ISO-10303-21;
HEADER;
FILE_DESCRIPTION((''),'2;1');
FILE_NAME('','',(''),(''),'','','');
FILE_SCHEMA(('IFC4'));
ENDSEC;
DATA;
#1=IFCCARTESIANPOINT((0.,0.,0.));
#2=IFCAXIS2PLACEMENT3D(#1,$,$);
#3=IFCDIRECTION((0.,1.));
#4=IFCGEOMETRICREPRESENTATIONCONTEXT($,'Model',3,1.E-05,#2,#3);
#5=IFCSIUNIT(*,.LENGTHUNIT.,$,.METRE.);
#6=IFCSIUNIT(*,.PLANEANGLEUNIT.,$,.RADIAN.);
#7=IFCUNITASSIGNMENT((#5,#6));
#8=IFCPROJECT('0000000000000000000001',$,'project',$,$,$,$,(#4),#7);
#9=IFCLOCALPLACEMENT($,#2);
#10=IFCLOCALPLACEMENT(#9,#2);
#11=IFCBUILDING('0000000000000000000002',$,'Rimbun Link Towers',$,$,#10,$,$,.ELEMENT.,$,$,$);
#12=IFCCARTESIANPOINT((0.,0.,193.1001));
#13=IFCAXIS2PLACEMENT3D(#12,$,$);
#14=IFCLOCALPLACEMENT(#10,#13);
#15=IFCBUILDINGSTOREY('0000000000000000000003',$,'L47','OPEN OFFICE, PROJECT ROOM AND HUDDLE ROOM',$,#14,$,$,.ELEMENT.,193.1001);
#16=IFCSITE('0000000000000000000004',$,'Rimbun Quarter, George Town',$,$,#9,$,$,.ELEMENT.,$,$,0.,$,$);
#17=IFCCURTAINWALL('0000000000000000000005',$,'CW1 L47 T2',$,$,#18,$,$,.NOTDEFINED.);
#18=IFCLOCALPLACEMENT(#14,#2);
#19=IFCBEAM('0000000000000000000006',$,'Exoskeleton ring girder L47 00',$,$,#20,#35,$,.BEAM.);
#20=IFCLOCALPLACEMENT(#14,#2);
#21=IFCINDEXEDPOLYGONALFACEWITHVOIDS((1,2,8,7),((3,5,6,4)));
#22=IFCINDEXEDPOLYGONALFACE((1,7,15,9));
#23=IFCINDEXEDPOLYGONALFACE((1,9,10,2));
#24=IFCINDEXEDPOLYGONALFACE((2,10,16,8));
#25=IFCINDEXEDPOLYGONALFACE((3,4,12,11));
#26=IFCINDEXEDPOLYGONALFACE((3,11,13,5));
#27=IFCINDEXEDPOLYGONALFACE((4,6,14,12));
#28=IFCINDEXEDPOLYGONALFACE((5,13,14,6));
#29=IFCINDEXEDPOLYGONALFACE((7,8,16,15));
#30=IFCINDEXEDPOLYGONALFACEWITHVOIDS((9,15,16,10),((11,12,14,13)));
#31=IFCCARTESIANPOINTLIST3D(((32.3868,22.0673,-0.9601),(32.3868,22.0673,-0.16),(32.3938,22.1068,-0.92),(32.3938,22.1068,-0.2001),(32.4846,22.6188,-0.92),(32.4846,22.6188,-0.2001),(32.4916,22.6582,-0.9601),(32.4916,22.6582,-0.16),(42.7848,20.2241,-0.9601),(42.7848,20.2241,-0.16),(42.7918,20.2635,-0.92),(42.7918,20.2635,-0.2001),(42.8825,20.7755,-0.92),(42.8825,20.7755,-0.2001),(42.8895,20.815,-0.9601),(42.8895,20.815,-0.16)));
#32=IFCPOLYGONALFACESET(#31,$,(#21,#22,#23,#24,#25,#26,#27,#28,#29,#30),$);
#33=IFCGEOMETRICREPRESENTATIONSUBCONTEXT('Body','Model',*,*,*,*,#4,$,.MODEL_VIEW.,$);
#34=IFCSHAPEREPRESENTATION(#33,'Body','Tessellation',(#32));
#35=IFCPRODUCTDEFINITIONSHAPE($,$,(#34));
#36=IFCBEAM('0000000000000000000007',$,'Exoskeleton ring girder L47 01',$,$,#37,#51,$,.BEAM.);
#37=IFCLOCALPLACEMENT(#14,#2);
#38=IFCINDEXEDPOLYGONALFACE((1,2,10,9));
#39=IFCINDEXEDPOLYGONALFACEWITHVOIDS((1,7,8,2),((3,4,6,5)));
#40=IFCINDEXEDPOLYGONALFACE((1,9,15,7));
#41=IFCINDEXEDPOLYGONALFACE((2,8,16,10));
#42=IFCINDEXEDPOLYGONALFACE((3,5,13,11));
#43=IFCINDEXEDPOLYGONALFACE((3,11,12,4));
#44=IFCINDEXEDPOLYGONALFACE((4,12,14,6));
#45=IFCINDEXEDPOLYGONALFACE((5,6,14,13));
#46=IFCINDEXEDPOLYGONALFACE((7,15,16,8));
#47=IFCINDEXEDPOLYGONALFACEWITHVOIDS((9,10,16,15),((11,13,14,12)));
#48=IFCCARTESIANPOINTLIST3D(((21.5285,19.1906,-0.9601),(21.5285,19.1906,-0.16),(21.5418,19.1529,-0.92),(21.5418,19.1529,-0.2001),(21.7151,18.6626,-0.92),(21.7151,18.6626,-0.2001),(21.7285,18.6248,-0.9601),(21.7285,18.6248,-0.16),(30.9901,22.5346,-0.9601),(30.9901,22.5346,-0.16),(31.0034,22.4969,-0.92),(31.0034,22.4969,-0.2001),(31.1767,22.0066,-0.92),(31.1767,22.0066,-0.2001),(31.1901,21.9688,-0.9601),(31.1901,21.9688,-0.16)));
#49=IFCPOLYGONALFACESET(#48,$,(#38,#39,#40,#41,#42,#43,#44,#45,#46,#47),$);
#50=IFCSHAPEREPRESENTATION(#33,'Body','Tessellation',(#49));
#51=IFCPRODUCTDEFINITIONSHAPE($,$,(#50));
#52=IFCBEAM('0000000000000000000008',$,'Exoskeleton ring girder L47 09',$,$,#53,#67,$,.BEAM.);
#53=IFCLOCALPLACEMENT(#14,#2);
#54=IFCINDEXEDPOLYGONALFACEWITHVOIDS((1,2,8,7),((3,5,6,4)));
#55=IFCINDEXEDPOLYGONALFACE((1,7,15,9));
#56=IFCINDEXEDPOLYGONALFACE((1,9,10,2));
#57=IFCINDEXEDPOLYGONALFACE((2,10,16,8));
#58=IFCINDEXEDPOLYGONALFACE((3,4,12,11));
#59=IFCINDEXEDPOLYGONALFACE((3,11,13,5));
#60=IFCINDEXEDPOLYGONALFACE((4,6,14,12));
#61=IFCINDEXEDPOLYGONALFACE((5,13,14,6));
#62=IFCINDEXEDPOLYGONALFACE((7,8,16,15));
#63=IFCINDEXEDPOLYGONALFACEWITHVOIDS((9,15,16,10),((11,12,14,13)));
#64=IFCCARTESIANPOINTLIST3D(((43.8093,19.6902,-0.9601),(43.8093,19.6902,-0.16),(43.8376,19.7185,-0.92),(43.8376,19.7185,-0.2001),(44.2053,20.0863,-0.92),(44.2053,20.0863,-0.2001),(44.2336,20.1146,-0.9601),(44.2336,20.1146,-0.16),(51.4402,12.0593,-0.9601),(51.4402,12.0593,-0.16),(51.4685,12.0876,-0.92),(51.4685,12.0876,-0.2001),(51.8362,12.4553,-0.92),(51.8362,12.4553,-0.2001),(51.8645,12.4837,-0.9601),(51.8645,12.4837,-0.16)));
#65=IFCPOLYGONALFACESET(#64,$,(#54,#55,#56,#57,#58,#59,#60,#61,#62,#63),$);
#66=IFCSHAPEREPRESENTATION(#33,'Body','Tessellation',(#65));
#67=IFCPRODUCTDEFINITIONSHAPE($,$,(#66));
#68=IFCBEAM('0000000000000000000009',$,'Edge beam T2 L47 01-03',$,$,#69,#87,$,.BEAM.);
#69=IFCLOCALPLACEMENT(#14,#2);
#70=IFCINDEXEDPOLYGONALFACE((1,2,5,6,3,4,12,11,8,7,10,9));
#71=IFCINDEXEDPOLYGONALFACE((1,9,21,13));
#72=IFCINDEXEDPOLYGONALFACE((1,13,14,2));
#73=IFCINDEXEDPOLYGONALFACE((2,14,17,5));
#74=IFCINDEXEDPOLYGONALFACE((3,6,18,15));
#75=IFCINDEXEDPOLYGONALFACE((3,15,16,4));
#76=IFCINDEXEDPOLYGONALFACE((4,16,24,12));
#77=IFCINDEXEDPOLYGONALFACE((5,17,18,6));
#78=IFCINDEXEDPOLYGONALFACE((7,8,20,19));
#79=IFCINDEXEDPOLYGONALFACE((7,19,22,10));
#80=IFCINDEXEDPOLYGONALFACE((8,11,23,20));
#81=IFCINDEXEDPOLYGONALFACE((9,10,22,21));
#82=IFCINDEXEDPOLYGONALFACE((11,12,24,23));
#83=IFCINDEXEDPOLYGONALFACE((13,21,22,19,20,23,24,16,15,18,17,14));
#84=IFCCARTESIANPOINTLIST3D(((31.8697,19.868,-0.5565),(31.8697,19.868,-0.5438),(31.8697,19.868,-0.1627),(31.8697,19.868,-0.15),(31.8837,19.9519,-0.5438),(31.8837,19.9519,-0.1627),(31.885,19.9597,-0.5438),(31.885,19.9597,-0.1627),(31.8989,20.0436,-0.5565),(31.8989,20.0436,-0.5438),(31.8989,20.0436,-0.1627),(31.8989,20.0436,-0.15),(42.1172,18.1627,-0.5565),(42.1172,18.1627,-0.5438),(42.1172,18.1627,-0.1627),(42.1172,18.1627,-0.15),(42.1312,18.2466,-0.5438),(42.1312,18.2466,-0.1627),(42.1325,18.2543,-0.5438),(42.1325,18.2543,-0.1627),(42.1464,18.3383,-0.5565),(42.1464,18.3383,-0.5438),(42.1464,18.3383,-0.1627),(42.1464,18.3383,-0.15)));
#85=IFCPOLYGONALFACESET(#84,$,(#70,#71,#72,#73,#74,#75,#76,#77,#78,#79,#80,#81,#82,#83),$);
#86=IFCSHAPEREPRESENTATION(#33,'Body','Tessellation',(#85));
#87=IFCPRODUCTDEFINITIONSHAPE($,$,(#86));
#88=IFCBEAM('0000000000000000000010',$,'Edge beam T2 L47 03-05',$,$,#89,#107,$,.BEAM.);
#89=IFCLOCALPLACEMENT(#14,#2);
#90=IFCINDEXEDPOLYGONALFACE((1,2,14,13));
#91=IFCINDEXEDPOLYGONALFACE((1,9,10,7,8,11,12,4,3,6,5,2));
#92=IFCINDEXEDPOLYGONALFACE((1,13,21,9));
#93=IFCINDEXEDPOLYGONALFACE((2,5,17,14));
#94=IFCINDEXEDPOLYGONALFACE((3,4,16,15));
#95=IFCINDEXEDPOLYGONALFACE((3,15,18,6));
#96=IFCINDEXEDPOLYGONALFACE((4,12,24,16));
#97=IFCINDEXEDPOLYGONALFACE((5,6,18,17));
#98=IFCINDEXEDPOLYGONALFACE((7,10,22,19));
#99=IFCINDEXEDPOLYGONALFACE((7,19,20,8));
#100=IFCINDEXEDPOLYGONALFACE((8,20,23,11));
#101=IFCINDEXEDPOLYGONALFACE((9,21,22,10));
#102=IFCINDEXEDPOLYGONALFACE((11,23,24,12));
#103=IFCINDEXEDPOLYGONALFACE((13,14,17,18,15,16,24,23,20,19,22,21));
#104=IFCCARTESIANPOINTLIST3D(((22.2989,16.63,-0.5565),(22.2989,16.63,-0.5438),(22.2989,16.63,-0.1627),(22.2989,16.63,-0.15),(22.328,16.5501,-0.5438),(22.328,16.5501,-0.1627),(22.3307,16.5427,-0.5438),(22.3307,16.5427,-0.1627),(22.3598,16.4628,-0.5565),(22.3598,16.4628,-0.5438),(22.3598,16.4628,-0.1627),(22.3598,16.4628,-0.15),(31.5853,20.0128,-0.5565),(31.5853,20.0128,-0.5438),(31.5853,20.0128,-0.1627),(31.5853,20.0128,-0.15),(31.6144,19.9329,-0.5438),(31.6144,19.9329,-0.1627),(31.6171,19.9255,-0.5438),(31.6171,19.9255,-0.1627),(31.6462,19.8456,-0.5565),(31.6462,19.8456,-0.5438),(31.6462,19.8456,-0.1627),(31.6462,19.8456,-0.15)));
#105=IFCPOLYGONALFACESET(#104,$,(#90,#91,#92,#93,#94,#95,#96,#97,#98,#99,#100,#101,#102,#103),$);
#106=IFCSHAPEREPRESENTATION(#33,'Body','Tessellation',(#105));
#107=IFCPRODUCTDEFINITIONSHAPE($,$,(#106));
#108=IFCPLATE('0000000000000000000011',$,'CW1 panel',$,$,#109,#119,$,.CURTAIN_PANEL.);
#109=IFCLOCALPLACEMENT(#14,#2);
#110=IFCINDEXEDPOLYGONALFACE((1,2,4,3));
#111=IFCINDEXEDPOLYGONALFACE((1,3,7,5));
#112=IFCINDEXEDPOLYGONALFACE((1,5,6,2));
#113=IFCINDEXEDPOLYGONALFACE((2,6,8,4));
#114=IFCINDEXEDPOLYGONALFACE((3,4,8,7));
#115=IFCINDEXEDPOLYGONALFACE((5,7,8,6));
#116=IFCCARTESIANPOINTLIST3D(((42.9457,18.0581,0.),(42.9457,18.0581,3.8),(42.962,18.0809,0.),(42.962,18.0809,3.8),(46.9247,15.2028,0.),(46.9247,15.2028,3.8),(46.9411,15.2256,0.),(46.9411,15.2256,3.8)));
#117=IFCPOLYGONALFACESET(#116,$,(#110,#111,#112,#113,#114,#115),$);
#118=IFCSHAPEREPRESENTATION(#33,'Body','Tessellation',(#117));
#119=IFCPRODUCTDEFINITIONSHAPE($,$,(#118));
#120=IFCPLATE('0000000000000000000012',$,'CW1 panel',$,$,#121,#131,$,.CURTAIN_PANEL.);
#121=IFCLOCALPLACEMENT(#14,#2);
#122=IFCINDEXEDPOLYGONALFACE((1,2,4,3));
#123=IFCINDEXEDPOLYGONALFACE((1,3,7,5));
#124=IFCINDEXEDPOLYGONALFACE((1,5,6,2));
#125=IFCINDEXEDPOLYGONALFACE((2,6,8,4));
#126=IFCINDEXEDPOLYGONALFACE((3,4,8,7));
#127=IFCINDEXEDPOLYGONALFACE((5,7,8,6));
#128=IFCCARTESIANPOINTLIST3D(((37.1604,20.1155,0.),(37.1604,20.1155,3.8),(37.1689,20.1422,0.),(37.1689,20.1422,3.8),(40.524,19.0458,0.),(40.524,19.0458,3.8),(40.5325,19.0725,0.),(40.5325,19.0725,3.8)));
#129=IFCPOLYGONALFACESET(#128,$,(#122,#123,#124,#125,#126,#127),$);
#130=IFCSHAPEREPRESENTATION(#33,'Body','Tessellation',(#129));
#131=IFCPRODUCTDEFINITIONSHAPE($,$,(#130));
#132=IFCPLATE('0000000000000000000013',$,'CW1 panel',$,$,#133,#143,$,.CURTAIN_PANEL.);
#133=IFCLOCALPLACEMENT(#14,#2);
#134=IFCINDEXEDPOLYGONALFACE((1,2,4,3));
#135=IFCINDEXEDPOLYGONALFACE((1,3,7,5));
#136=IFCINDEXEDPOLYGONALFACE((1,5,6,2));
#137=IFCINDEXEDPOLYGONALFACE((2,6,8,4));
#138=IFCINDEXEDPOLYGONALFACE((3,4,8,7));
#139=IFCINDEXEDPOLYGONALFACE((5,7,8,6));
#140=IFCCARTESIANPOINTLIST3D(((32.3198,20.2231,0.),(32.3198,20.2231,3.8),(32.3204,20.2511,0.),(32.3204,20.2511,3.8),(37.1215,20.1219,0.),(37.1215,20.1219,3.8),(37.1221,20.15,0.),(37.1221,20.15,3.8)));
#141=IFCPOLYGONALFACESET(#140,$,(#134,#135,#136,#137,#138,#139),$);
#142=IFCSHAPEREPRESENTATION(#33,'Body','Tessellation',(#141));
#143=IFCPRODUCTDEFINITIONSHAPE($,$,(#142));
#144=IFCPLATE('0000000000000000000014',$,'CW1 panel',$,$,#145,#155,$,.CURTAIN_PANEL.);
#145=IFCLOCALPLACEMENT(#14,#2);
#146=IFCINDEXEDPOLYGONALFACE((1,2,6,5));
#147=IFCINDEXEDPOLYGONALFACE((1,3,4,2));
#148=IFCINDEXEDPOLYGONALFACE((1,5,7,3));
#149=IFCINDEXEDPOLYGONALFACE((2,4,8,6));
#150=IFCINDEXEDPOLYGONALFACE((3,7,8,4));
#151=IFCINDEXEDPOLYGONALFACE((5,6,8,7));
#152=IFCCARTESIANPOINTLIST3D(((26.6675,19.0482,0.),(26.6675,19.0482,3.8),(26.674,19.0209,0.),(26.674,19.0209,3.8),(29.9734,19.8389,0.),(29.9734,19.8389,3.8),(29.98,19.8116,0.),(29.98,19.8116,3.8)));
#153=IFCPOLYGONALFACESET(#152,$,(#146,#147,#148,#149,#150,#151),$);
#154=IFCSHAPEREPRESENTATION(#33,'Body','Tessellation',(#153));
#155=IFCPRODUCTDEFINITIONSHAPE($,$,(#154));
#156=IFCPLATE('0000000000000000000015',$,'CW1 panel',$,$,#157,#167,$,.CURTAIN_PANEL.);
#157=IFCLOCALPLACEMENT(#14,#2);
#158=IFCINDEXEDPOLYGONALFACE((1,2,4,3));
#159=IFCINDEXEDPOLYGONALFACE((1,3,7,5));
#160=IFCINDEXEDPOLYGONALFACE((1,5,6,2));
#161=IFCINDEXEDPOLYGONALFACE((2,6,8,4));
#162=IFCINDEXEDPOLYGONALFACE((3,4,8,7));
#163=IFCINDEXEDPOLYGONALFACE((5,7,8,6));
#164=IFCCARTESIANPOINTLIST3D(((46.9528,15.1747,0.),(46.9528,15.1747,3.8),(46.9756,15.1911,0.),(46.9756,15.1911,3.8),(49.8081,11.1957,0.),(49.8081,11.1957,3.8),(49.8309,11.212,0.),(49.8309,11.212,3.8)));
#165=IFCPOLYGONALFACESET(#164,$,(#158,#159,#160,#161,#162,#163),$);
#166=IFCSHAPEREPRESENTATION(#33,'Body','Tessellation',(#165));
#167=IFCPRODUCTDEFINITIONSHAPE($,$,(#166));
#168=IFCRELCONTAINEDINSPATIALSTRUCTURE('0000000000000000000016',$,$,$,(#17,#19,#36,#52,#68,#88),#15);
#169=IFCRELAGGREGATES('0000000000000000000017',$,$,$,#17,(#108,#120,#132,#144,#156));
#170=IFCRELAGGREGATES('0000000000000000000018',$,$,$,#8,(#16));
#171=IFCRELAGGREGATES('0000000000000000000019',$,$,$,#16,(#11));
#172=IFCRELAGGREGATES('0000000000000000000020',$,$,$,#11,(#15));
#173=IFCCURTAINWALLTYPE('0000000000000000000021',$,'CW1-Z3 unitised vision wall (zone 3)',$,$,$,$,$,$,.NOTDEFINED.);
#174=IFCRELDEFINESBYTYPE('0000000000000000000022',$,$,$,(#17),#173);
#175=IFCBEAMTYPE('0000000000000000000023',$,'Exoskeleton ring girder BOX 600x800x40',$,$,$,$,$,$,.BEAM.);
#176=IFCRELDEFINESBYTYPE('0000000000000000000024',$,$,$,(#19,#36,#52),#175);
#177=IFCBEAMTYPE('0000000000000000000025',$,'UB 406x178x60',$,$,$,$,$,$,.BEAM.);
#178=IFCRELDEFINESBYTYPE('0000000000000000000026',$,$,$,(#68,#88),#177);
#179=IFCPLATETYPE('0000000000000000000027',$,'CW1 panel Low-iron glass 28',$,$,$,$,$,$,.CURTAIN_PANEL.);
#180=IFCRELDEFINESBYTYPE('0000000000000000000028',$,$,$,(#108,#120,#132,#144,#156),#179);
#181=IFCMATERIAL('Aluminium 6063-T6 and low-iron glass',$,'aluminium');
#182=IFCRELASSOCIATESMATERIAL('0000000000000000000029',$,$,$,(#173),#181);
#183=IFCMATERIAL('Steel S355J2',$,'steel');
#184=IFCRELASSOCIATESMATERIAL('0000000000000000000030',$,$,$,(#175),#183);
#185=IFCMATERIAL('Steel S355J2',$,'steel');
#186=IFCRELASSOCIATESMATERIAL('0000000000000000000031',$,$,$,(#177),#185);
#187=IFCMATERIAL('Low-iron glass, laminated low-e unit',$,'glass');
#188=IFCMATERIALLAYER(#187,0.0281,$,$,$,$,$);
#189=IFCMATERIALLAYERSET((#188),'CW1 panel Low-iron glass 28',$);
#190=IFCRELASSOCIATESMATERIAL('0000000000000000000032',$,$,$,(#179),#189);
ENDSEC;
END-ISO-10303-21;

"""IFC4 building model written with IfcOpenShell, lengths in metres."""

from ifc_helpers import new_model, si_unit, direction, frame, origin, origin_2d, place, context, subcontext, project, spatial, rectangle, hollow_rectangle, i_section, extrude, material, layer, layer_set, material_profile, profile_set, type_object, element, aggregate, save


model = new_model("IFC4")

# Units and contexts
model_context = context("Model", 3, precision=1e-05, world=origin(), true_north=direction((0.0, 1.0)))
body_context = subcontext(model_context, "Body", "Model", "MODEL_VIEW")
ifc_project = project(units=[si_unit("LENGTHUNIT", "METRE"), si_unit("PLANEANGLEUNIT", "RADIAN")], contexts=[model_context])

# Site, building, storey
site_placement = place(None, origin())
site = spatial("IfcSite", under=ifc_project, at=site_placement, Name="Rimbun Quarter, George Town", CompositionType="ELEMENT", RefElevation=0.0)
building_placement = place(site_placement, origin())
building = spatial("IfcBuilding", under=site, at=building_placement, Name="Rimbun Link Towers", CompositionType="ELEMENT")
storey_placement = place(building_placement, frame((0.0, 0.0, 193.1001)))
storey = spatial("IfcBuildingStorey", under=building, at=storey_placement, Name="L47", Description="OPEN OFFICE, PROJECT ROOM AND HUDDLE ROOM", CompositionType="ELEMENT", Elevation=193.1001)

# Curtain wall
ifc_material_1 = material(Name="Aluminium 6063-T6 and low-iron glass", Category="aluminium")
curtain_wall_type = type_object("IfcCurtainWallType", Name="CW1-Z3 unitised vision wall (zone 3)", PredefinedType="NOTDEFINED", material=ifc_material_1)
curtain_wall_placement = place(storey_placement, origin())
curtain_wall = element("IfcCurtainWall", 1, at=curtain_wall_placement, inside=storey, type_object=curtain_wall_type, Name="CW1 L47 T2", PredefinedType="NOTDEFINED")

# Beams
ifc_material_2 = material(Name="Steel S355J2", Category="steel")
ifc_material_profile_1 = material_profile(ifc_material_2, hollow_rectangle(XDim=0.6001, YDim=0.8, WallThickness=0.04, at=origin_2d()), Name="Exoskeleton ring girder BOX 600x800x40")
ifc_profile_set_1 = profile_set([ifc_material_profile_1], Name="Steel S355J2")
beam_type_1 = type_object("IfcBeamType", Name="Exoskeleton ring girder BOX 600x800x40", PredefinedType="BEAM", material=ifc_profile_set_1)
beam_1_placement = place(storey_placement, frame((42.8372, 20.5195, -0.5601), z_axis=(-0.984648, 0.17455, 0.0), x_axis=(-0.17455, -0.984648, 0.0)))
element("IfcBeam", 2, at=beam_1_placement, inside=storey, type_object=beam_type_1, Name="Exoskeleton ring girder L47 00", PredefinedType="BEAM", context=body_context, shape_type="SweptSolid", body=[
    extrude(hollow_rectangle(XDim=0.6001, YDim=0.8, WallThickness=0.04, at=origin_2d()), origin(), (0.0, 0.0, 1.0), 10.5601),
])
beam_2_placement = place(storey_placement, frame((31.0901, 22.2517, -0.5601), z_axis=(-0.942847, -0.333226, 0.0), x_axis=(0.333226, -0.942847, 0.0)))
element("IfcBeam", 3, at=beam_2_placement, inside=storey, type_object=beam_type_1, Name="Exoskeleton ring girder L47 01", PredefinedType="BEAM", context=body_context, shape_type="SweptSolid", body=[
    extrude(hollow_rectangle(XDim=0.6001, YDim=0.8, WallThickness=0.04, at=origin_2d()), origin(), (0.0, 0.0, 1.0), 10.0352),
])
beam_3_placement = place(storey_placement, frame((51.6523, 12.2715, -0.5601), z_axis=(-0.707107, 0.707107, 0.0), x_axis=(-0.707107, -0.707107, 0.0)))
element("IfcBeam", 4, at=beam_3_placement, inside=storey, type_object=beam_type_1, Name="Exoskeleton ring girder L47 09", PredefinedType="BEAM", context=body_context, shape_type="SweptSolid", body=[
    extrude(hollow_rectangle(XDim=0.6001, YDim=0.8, WallThickness=0.04, at=origin_2d()), origin(), (0.0, 0.0, 1.0), 10.7917),
])
ifc_material_3 = material(Name="Steel S355J2", Category="steel")
ifc_material_profile_2 = material_profile(ifc_material_3, i_section(OverallWidth=0.178, OverallDepth=0.4065, WebThickness=0.0078, FlangeThickness=0.0127, at=origin_2d()), Name="UB 406x178x60")
ifc_profile_set_2 = profile_set([ifc_material_profile_2], Name="Steel S355J2")
beam_type_2 = type_object("IfcBeamType", Name="UB 406x178x60", PredefinedType="BEAM", material=ifc_profile_set_2)
beam_4_placement = place(storey_placement, frame((42.1318, 18.2505, -0.3533), z_axis=(-0.986435, 0.164155, 0.0), x_axis=(-0.164155, -0.986435, 0.0)))
element("IfcBeam", 5, at=beam_4_placement, inside=storey, type_object=beam_type_2, Name="Edge beam T2 L47 01-03", PredefinedType="BEAM", context=body_context, shape_type="SweptSolid", body=[
    extrude(i_section(OverallWidth=0.178, OverallDepth=0.4065, WebThickness=0.0078, FlangeThickness=0.0127, at=origin_2d()), origin(), (0.0, 0.0, 1.0), 10.3884),
])
beam_5_placement = place(storey_placement, frame((31.6157, 19.9292, -0.3533), z_axis=(-0.9396, -0.342275, 0.0), x_axis=(0.342275, -0.9396, 0.0)))
element("IfcBeam", 6, at=beam_5_placement, inside=storey, type_object=beam_type_2, Name="Edge beam T2 L47 03-05", PredefinedType="BEAM", context=body_context, shape_type="SweptSolid", body=[
    extrude(i_section(OverallWidth=0.178, OverallDepth=0.4065, WebThickness=0.0078, FlangeThickness=0.0127, at=origin_2d()), origin(), (0.0, 0.0, 1.0), 9.8833),
])

# Plates
ifc_material_4 = material(Name="Low-iron glass, laminated low-e unit", Category="glass")
ifc_layer_1 = layer(ifc_material_4, 0.0281)
ifc_layer_set_1 = layer_set([ifc_layer_1], Name="CW1 panel Low-iron glass 28")
plate_type = type_object("IfcPlateType", Name="CW1 panel Low-iron glass 28", PredefinedType="CURTAIN_PANEL", material=ifc_layer_set_1)
plate_1_placement = place(storey_placement, frame((44.9434, 16.6418, 0.0), z_axis=(0.0, 0.0, 1.0), x_axis=(0.812465, -0.583009, 0.0)))
plate_1 = element("IfcPlate", 7, at=plate_1_placement, type_object=plate_type, Name="CW1 panel", PredefinedType="CURTAIN_PANEL", context=body_context, shape_type="SweptSolid", body=[
    extrude(rectangle(XDim=4.8975, YDim=0.0281, at=origin_2d()), origin(), (0.0, 0.0, 1.0), 3.8),
])
plate_2_placement = place(storey_placement, frame((38.8464, 19.594, 0.0), z_axis=(0.0, 0.0, 1.0), x_axis=(0.952968, -0.303071, 0.0)))
plate_2 = element("IfcPlate", 8, at=plate_2_placement, type_object=plate_type, Name="CW1 panel", PredefinedType="CURTAIN_PANEL", context=body_context, shape_type="SweptSolid", body=[
    extrude(rectangle(XDim=3.5295, YDim=0.0281, at=origin_2d()), origin(), (0.0, 0.0, 1.0), 3.8),
])
plate_3_placement = place(storey_placement, frame((34.7209, 20.1865, 0.0), z_axis=(0.0, 0.0, 1.0), x_axis=(0.999778, -0.021066, 0.0)))
plate_3 = element("IfcPlate", 9, at=plate_3_placement, type_object=plate_type, Name="CW1 panel", PredefinedType="CURTAIN_PANEL", context=body_context, shape_type="SweptSolid", body=[
    extrude(rectangle(XDim=4.8027, YDim=0.0281, at=origin_2d()), origin(), (0.0, 0.0, 1.0), 3.8),
])
plate_4_placement = place(storey_placement, frame((28.3237, 19.4299, 0.0), z_axis=(0.0, 0.0, 1.0), x_axis=(0.972569, 0.232616, 0.0)))
plate_4 = element("IfcPlate", 10, at=plate_4_placement, type_object=plate_type, Name="CW1 panel", PredefinedType="CURTAIN_PANEL", context=body_context, shape_type="SweptSolid", body=[
    extrude(rectangle(XDim=3.3992, YDim=0.0281, at=origin_2d()), origin(), (0.0, 0.0, 1.0), 3.8),
])
plate_5_placement = place(storey_placement, frame((48.3918, 13.1934, 0.0), z_axis=(0.0, 0.0, 1.0), x_axis=(0.583009, -0.812465, 0.0)))
plate_5 = element("IfcPlate", 11, at=plate_5_placement, type_object=plate_type, Name="CW1 panel", PredefinedType="CURTAIN_PANEL", context=body_context, shape_type="SweptSolid", body=[
    extrude(rectangle(XDim=4.8975, YDim=0.0281, at=origin_2d()), origin(), (0.0, 0.0, 1.0), 3.8),
])
aggregate(curtain_wall, [plate_1, plate_2, plate_3, plate_4, plate_5])

save(model, "model.ifc")
